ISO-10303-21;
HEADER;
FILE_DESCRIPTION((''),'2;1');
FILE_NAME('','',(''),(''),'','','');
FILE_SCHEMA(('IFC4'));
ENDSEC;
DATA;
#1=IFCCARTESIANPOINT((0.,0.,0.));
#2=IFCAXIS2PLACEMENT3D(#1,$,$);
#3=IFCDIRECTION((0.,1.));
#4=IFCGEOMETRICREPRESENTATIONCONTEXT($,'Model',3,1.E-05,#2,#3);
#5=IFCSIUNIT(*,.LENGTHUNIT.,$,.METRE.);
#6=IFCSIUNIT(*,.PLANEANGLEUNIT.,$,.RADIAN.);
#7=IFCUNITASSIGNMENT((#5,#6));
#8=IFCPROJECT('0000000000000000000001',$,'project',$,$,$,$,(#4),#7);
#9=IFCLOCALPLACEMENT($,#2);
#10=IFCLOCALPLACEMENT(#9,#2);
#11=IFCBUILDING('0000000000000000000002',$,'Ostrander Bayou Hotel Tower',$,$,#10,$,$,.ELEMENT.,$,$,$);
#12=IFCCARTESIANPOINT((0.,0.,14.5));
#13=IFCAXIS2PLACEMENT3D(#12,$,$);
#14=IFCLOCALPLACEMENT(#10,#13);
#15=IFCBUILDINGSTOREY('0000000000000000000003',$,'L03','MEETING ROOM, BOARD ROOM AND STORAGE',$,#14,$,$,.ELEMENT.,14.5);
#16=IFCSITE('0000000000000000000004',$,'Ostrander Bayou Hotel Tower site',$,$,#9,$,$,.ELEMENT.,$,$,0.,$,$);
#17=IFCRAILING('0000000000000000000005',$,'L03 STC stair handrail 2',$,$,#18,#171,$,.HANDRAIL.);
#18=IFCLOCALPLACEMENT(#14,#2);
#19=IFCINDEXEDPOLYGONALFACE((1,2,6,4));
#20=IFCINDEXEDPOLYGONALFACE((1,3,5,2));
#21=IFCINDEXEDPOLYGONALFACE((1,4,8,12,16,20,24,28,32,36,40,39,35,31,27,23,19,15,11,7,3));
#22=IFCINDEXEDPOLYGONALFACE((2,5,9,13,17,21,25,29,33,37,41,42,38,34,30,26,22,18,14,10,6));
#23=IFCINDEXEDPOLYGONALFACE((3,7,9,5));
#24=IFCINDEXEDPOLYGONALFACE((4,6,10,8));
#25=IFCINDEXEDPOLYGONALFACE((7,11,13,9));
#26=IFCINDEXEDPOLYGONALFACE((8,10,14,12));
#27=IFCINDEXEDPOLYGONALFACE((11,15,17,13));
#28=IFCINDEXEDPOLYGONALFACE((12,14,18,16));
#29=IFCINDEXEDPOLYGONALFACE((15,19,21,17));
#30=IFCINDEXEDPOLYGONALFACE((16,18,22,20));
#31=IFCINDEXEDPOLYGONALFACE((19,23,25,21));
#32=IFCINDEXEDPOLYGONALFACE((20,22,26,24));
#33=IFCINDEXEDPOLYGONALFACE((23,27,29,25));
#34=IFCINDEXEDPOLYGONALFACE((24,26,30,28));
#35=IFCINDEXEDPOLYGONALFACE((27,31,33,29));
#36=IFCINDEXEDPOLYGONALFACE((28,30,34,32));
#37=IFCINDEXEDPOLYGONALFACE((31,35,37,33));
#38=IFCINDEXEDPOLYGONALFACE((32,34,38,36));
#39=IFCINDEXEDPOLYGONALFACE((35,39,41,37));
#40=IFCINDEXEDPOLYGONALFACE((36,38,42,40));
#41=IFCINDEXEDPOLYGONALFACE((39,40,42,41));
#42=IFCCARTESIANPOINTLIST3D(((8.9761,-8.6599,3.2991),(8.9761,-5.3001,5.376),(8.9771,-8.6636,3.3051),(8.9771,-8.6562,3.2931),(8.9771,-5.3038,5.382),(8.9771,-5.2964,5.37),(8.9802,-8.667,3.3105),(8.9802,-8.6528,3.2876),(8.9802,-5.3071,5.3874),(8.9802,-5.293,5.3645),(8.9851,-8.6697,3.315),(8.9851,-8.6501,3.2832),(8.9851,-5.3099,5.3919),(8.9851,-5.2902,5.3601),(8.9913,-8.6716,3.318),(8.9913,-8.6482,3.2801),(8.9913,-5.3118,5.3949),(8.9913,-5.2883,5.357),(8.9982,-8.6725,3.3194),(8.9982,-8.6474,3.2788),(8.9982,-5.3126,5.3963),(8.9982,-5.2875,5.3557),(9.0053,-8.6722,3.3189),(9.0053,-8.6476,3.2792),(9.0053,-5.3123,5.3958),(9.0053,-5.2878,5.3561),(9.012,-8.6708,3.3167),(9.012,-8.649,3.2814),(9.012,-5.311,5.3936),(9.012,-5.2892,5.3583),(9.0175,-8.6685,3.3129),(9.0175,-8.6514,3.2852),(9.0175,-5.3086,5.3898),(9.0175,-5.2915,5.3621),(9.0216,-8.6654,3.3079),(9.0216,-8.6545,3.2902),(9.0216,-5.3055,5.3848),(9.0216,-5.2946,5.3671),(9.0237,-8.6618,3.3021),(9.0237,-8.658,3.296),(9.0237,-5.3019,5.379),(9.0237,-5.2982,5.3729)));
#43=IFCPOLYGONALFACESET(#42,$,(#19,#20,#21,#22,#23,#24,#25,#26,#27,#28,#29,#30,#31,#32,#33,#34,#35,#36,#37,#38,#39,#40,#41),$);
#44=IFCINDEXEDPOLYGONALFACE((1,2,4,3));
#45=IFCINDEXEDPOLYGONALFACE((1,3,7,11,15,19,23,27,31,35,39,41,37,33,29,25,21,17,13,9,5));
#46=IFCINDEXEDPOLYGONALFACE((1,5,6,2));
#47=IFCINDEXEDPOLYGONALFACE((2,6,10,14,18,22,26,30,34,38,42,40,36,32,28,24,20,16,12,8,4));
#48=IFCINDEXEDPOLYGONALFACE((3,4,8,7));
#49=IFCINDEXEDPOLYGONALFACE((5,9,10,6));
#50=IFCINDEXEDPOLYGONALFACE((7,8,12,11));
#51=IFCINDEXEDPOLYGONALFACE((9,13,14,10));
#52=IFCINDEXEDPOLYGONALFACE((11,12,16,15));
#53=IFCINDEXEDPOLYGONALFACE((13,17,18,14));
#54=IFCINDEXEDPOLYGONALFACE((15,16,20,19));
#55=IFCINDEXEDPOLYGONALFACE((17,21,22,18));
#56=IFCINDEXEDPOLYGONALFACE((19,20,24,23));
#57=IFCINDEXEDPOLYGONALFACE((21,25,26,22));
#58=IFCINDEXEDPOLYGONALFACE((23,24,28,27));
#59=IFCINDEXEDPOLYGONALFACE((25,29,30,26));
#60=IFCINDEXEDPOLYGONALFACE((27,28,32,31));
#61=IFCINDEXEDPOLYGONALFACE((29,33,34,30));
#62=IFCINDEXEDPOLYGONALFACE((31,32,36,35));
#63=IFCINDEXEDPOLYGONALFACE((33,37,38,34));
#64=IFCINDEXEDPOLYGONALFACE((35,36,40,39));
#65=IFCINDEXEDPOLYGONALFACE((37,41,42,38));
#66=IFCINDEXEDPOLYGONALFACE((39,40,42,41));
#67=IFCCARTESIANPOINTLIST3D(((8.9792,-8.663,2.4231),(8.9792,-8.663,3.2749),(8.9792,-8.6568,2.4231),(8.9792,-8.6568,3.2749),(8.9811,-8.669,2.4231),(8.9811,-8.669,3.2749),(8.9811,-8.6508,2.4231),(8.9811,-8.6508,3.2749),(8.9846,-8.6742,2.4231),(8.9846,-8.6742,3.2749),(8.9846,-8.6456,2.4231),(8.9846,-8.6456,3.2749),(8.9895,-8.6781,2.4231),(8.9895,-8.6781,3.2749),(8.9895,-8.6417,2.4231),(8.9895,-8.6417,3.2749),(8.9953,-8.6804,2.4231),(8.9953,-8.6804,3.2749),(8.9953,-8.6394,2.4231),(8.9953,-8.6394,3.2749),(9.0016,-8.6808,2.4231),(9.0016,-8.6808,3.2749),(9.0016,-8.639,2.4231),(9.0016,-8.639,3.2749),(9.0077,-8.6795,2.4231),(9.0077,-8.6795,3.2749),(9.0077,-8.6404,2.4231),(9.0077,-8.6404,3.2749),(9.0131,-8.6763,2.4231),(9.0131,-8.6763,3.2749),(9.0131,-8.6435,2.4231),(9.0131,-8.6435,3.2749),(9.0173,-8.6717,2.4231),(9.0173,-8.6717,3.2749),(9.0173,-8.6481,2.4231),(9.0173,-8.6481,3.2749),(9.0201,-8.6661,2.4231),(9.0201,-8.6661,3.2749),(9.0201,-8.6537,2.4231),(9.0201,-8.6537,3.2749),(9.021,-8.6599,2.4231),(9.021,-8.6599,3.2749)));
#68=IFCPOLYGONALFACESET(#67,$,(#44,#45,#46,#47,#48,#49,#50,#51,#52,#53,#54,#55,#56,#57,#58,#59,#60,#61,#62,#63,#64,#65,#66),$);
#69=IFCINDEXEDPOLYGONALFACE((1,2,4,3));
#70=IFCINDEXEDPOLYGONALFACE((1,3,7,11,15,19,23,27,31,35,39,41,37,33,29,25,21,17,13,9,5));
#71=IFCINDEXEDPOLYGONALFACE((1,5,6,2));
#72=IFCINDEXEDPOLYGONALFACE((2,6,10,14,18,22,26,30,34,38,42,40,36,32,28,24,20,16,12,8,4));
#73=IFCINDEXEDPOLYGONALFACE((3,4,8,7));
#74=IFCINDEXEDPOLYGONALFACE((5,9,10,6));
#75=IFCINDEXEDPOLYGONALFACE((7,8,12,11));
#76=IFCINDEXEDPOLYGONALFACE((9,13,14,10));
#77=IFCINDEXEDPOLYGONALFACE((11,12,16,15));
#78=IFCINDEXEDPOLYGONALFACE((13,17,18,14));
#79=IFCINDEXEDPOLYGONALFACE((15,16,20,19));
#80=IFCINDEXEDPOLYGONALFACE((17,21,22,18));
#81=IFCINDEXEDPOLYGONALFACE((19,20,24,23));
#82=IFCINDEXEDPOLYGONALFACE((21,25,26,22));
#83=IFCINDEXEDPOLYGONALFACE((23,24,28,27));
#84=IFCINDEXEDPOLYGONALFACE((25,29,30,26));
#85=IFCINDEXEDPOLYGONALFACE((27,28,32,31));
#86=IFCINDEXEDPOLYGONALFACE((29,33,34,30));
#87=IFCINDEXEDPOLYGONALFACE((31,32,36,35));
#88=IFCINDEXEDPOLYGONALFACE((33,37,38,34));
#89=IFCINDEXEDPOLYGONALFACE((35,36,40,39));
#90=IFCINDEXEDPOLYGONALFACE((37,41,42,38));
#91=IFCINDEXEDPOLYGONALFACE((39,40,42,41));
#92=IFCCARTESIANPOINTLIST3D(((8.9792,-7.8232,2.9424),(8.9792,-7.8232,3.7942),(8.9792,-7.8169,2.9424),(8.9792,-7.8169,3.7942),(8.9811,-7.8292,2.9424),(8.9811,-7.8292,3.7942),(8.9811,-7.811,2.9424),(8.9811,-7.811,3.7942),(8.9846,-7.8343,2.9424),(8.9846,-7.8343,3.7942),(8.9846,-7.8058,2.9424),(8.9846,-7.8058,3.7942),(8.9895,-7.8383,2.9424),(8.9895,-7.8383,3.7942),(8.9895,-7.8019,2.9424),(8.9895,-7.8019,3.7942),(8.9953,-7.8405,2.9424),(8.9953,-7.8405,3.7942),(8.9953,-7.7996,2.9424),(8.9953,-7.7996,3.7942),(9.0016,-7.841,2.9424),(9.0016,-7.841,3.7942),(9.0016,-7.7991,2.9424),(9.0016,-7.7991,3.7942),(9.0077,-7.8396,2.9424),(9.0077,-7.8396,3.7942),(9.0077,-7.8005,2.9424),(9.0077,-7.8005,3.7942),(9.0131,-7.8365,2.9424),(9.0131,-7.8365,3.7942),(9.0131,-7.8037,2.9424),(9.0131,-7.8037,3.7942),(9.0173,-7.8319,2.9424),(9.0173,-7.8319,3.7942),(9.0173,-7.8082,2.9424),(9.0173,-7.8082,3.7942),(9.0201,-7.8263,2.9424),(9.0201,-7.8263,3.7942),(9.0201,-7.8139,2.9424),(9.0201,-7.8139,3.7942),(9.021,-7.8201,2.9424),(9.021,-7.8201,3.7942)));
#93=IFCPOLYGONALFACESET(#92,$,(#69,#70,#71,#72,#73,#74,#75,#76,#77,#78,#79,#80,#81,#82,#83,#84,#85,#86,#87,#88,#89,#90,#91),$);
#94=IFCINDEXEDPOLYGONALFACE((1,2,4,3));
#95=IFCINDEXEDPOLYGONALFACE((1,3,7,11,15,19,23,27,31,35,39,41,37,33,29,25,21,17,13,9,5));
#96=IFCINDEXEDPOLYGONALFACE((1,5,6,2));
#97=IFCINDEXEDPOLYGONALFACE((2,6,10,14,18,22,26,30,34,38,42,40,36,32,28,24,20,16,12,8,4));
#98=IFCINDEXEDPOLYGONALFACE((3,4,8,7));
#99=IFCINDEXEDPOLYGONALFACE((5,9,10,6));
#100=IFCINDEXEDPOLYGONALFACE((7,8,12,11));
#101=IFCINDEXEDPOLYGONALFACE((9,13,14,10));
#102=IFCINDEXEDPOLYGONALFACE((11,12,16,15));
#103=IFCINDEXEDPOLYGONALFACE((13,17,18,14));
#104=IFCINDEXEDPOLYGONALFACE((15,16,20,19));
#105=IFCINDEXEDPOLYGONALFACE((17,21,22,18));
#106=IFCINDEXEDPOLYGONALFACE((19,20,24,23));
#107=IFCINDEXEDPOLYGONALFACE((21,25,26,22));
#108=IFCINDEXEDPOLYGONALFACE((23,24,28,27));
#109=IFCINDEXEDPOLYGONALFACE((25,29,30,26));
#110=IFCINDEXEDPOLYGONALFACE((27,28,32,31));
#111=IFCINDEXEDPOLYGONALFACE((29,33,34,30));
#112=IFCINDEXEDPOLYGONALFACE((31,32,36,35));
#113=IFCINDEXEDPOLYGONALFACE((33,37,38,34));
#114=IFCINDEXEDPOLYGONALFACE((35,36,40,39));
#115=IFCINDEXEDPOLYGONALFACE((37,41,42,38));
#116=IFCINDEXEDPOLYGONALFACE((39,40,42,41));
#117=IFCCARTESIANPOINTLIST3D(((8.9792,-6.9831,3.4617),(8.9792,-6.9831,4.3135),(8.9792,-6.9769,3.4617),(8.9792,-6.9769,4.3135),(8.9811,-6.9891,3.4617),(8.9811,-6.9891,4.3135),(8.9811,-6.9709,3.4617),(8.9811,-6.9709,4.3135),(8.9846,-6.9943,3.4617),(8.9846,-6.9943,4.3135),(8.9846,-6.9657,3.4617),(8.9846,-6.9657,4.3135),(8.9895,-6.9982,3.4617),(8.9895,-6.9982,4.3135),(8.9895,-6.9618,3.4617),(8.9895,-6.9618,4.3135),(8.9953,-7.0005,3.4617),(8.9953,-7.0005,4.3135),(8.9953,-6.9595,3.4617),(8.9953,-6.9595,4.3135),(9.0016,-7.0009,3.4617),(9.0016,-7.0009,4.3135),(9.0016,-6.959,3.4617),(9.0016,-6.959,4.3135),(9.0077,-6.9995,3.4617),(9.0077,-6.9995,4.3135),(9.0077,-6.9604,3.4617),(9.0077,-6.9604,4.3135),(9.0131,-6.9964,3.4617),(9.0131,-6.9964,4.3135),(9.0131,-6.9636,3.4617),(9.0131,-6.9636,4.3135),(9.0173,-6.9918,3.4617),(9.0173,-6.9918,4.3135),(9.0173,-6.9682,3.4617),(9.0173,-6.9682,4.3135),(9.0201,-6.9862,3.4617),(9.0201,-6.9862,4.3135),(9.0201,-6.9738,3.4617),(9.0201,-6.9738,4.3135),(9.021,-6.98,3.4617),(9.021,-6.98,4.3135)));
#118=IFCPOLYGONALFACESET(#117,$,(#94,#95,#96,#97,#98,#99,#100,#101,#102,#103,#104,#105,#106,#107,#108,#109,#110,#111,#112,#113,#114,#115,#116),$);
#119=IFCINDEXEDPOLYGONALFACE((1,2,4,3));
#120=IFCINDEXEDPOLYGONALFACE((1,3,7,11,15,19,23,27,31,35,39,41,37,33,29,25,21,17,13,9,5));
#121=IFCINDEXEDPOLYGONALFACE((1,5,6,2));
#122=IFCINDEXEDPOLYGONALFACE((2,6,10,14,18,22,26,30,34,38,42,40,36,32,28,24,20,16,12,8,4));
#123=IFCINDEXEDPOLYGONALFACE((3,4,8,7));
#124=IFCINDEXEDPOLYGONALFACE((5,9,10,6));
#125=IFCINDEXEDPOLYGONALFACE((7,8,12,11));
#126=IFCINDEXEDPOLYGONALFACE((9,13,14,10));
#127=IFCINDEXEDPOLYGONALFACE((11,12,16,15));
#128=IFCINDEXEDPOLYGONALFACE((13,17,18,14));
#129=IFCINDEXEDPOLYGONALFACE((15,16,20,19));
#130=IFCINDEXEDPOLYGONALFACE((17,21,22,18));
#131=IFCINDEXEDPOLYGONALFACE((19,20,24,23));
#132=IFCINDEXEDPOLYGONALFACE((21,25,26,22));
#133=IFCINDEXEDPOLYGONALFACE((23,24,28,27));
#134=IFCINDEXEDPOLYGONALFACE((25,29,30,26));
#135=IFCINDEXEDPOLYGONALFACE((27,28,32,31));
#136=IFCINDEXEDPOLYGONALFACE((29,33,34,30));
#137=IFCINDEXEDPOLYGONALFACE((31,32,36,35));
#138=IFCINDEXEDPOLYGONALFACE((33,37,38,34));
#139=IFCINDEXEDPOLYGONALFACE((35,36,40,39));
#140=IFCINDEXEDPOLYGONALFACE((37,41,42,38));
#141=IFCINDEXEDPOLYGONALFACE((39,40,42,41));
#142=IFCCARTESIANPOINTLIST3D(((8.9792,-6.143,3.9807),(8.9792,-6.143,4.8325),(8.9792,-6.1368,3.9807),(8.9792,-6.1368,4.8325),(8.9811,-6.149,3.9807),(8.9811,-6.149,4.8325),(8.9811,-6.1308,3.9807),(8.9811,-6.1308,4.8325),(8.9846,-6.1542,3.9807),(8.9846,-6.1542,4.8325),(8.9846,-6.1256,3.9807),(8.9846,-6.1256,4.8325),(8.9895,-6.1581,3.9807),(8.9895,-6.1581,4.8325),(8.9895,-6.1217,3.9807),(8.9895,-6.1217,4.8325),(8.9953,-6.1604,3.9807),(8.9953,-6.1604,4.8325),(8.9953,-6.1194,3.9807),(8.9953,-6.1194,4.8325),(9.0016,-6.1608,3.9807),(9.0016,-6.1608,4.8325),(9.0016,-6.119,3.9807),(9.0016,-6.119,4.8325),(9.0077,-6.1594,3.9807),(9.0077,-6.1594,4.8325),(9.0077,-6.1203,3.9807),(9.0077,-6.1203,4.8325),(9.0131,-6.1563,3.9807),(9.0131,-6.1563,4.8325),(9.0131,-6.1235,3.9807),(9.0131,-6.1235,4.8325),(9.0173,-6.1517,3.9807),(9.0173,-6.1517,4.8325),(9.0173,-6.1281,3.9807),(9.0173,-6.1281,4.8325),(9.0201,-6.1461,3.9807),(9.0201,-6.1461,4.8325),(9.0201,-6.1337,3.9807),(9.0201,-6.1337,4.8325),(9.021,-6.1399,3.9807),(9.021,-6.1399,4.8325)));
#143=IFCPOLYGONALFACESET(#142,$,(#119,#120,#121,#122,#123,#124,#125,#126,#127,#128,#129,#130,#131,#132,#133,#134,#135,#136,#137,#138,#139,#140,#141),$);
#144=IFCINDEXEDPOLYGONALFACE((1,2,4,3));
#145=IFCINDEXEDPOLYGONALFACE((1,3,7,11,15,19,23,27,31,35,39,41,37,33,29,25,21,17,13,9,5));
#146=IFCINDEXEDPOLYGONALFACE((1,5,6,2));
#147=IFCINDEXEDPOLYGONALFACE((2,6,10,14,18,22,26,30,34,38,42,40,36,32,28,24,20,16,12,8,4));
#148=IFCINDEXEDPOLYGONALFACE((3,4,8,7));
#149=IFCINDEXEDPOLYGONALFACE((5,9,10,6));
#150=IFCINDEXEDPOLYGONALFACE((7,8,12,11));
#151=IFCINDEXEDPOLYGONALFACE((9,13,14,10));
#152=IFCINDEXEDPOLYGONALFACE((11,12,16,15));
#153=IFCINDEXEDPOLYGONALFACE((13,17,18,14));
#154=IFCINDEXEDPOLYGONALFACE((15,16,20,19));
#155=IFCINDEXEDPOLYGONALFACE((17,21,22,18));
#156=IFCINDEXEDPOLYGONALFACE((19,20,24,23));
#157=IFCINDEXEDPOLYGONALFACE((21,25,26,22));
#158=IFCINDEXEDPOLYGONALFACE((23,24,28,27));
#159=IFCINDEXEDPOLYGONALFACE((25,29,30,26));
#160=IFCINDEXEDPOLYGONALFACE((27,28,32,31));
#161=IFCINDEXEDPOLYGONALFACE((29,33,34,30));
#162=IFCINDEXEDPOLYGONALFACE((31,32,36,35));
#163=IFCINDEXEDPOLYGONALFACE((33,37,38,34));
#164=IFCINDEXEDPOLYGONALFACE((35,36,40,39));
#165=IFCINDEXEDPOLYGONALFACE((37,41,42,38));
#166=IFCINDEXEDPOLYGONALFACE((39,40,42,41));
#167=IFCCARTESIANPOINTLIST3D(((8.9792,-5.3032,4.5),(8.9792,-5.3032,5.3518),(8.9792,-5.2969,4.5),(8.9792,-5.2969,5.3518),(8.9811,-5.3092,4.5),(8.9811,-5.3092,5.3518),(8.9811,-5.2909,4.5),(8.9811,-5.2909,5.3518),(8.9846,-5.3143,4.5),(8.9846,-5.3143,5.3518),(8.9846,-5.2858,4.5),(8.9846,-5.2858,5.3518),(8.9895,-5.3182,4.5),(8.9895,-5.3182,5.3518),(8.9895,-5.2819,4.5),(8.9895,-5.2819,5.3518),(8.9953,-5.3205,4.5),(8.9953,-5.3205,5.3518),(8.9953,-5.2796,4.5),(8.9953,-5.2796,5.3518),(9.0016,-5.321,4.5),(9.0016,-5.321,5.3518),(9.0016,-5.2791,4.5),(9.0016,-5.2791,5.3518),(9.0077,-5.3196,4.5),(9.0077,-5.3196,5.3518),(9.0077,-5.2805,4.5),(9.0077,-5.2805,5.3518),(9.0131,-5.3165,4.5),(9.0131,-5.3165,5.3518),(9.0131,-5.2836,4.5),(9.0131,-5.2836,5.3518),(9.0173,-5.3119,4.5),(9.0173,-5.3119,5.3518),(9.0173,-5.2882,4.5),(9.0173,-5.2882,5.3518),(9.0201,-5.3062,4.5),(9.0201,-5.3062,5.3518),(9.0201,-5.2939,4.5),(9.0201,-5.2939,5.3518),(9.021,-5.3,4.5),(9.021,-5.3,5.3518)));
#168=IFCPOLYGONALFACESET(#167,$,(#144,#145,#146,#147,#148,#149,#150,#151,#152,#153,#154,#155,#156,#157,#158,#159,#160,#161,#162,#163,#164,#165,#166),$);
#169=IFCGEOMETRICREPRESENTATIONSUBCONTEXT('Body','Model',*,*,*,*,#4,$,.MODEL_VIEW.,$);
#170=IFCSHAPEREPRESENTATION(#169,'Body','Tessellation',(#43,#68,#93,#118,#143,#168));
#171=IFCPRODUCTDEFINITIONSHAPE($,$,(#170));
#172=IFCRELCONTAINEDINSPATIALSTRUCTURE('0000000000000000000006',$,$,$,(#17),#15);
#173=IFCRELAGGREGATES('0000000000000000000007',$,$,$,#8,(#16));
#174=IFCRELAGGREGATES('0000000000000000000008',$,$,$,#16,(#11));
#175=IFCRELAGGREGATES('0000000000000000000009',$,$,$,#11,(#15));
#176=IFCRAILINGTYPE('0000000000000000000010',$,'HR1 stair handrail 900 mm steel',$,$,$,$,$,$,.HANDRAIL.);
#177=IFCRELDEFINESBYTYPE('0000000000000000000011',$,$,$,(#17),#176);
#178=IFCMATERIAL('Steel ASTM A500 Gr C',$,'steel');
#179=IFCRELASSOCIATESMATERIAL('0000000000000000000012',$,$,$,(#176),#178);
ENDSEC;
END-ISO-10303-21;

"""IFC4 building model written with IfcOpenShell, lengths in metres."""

from ifc_helpers import new_model, si_unit, direction, frame, origin, origin_2d, place, context, subcontext, project, spatial, circle, extrude, material, type_object, element, save


model = new_model("IFC4")

# Units and contexts
model_context = context("Model", 3, precision=1e-05, world=origin(), true_north=direction((0.0, 1.0)))
body_context = subcontext(model_context, "Body", "Model", "MODEL_VIEW")
ifc_project = project(units=[si_unit("LENGTHUNIT", "METRE"), si_unit("PLANEANGLEUNIT", "RADIAN")], contexts=[model_context])

# Site, building, storey
site_placement = place(None, origin())
site = spatial("IfcSite", under=ifc_project, at=site_placement, Name="Ostrander Bayou Hotel Tower site", CompositionType="ELEMENT", RefElevation=0.0)
building_placement = place(site_placement, origin())
building = spatial("IfcBuilding", under=site, at=building_placement, Name="Ostrander Bayou Hotel Tower", CompositionType="ELEMENT")
storey_placement = place(building_placement, frame((0.0, 0.0, 14.5)))
storey = spatial("IfcBuildingStorey", under=building, at=storey_placement, Name="L03", Description="MEETING ROOM, BOARD ROOM AND STORAGE", CompositionType="ELEMENT", Elevation=14.5)

# Railing
ifc_material_1 = material(Name="Steel ASTM A500 Gr C", Category="steel")
railing_type_1 = type_object("IfcRailingType", Name="HR1 stair handrail 900 mm steel", PredefinedType="HANDRAIL", material=ifc_material_1)
railing_1_placement = place(storey_placement, frame((9.0, -8.6599, 2.4231)))
element("IfcRailing", 1, at=railing_1_placement, inside=storey, type_object=railing_type_1, Name="L03 STC stair handrail 2", PredefinedType="HANDRAIL", context=body_context, shape_type="SweptSolid", body=[
    extrude(circle(Radius=0.0239, at=origin_2d()), frame((0.0, 0.0, 0.876), z_axis=(0.0, 0.850606, 0.525803), x_axis=(-1.0, 0.0, 0.0)), (0.0, 0.0, 1.0), 3.95),
    extrude(circle(Radius=0.021, at=origin_2d()), origin(), (0.0, 0.0, 1.0), 0.8518),
    extrude(circle(Radius=0.021, at=origin_2d()), frame((0.0, 0.8398, 0.5193)), (0.0, 0.0, 1.0), 0.8518),
    extrude(circle(Radius=0.021, at=origin_2d()), frame((0.0, 1.6799, 1.0386)), (0.0, 0.0, 1.0), 0.8518),
    extrude(circle(Radius=0.021, at=origin_2d()), frame((0.0, 2.52, 1.5576)), (0.0, 0.0, 1.0), 0.8518),
    extrude(circle(Radius=0.021, at=origin_2d()), frame((0.0, 3.3599, 2.0769)), (0.0, 0.0, 1.0), 0.8518),
])

save(model, "model.ifc")
